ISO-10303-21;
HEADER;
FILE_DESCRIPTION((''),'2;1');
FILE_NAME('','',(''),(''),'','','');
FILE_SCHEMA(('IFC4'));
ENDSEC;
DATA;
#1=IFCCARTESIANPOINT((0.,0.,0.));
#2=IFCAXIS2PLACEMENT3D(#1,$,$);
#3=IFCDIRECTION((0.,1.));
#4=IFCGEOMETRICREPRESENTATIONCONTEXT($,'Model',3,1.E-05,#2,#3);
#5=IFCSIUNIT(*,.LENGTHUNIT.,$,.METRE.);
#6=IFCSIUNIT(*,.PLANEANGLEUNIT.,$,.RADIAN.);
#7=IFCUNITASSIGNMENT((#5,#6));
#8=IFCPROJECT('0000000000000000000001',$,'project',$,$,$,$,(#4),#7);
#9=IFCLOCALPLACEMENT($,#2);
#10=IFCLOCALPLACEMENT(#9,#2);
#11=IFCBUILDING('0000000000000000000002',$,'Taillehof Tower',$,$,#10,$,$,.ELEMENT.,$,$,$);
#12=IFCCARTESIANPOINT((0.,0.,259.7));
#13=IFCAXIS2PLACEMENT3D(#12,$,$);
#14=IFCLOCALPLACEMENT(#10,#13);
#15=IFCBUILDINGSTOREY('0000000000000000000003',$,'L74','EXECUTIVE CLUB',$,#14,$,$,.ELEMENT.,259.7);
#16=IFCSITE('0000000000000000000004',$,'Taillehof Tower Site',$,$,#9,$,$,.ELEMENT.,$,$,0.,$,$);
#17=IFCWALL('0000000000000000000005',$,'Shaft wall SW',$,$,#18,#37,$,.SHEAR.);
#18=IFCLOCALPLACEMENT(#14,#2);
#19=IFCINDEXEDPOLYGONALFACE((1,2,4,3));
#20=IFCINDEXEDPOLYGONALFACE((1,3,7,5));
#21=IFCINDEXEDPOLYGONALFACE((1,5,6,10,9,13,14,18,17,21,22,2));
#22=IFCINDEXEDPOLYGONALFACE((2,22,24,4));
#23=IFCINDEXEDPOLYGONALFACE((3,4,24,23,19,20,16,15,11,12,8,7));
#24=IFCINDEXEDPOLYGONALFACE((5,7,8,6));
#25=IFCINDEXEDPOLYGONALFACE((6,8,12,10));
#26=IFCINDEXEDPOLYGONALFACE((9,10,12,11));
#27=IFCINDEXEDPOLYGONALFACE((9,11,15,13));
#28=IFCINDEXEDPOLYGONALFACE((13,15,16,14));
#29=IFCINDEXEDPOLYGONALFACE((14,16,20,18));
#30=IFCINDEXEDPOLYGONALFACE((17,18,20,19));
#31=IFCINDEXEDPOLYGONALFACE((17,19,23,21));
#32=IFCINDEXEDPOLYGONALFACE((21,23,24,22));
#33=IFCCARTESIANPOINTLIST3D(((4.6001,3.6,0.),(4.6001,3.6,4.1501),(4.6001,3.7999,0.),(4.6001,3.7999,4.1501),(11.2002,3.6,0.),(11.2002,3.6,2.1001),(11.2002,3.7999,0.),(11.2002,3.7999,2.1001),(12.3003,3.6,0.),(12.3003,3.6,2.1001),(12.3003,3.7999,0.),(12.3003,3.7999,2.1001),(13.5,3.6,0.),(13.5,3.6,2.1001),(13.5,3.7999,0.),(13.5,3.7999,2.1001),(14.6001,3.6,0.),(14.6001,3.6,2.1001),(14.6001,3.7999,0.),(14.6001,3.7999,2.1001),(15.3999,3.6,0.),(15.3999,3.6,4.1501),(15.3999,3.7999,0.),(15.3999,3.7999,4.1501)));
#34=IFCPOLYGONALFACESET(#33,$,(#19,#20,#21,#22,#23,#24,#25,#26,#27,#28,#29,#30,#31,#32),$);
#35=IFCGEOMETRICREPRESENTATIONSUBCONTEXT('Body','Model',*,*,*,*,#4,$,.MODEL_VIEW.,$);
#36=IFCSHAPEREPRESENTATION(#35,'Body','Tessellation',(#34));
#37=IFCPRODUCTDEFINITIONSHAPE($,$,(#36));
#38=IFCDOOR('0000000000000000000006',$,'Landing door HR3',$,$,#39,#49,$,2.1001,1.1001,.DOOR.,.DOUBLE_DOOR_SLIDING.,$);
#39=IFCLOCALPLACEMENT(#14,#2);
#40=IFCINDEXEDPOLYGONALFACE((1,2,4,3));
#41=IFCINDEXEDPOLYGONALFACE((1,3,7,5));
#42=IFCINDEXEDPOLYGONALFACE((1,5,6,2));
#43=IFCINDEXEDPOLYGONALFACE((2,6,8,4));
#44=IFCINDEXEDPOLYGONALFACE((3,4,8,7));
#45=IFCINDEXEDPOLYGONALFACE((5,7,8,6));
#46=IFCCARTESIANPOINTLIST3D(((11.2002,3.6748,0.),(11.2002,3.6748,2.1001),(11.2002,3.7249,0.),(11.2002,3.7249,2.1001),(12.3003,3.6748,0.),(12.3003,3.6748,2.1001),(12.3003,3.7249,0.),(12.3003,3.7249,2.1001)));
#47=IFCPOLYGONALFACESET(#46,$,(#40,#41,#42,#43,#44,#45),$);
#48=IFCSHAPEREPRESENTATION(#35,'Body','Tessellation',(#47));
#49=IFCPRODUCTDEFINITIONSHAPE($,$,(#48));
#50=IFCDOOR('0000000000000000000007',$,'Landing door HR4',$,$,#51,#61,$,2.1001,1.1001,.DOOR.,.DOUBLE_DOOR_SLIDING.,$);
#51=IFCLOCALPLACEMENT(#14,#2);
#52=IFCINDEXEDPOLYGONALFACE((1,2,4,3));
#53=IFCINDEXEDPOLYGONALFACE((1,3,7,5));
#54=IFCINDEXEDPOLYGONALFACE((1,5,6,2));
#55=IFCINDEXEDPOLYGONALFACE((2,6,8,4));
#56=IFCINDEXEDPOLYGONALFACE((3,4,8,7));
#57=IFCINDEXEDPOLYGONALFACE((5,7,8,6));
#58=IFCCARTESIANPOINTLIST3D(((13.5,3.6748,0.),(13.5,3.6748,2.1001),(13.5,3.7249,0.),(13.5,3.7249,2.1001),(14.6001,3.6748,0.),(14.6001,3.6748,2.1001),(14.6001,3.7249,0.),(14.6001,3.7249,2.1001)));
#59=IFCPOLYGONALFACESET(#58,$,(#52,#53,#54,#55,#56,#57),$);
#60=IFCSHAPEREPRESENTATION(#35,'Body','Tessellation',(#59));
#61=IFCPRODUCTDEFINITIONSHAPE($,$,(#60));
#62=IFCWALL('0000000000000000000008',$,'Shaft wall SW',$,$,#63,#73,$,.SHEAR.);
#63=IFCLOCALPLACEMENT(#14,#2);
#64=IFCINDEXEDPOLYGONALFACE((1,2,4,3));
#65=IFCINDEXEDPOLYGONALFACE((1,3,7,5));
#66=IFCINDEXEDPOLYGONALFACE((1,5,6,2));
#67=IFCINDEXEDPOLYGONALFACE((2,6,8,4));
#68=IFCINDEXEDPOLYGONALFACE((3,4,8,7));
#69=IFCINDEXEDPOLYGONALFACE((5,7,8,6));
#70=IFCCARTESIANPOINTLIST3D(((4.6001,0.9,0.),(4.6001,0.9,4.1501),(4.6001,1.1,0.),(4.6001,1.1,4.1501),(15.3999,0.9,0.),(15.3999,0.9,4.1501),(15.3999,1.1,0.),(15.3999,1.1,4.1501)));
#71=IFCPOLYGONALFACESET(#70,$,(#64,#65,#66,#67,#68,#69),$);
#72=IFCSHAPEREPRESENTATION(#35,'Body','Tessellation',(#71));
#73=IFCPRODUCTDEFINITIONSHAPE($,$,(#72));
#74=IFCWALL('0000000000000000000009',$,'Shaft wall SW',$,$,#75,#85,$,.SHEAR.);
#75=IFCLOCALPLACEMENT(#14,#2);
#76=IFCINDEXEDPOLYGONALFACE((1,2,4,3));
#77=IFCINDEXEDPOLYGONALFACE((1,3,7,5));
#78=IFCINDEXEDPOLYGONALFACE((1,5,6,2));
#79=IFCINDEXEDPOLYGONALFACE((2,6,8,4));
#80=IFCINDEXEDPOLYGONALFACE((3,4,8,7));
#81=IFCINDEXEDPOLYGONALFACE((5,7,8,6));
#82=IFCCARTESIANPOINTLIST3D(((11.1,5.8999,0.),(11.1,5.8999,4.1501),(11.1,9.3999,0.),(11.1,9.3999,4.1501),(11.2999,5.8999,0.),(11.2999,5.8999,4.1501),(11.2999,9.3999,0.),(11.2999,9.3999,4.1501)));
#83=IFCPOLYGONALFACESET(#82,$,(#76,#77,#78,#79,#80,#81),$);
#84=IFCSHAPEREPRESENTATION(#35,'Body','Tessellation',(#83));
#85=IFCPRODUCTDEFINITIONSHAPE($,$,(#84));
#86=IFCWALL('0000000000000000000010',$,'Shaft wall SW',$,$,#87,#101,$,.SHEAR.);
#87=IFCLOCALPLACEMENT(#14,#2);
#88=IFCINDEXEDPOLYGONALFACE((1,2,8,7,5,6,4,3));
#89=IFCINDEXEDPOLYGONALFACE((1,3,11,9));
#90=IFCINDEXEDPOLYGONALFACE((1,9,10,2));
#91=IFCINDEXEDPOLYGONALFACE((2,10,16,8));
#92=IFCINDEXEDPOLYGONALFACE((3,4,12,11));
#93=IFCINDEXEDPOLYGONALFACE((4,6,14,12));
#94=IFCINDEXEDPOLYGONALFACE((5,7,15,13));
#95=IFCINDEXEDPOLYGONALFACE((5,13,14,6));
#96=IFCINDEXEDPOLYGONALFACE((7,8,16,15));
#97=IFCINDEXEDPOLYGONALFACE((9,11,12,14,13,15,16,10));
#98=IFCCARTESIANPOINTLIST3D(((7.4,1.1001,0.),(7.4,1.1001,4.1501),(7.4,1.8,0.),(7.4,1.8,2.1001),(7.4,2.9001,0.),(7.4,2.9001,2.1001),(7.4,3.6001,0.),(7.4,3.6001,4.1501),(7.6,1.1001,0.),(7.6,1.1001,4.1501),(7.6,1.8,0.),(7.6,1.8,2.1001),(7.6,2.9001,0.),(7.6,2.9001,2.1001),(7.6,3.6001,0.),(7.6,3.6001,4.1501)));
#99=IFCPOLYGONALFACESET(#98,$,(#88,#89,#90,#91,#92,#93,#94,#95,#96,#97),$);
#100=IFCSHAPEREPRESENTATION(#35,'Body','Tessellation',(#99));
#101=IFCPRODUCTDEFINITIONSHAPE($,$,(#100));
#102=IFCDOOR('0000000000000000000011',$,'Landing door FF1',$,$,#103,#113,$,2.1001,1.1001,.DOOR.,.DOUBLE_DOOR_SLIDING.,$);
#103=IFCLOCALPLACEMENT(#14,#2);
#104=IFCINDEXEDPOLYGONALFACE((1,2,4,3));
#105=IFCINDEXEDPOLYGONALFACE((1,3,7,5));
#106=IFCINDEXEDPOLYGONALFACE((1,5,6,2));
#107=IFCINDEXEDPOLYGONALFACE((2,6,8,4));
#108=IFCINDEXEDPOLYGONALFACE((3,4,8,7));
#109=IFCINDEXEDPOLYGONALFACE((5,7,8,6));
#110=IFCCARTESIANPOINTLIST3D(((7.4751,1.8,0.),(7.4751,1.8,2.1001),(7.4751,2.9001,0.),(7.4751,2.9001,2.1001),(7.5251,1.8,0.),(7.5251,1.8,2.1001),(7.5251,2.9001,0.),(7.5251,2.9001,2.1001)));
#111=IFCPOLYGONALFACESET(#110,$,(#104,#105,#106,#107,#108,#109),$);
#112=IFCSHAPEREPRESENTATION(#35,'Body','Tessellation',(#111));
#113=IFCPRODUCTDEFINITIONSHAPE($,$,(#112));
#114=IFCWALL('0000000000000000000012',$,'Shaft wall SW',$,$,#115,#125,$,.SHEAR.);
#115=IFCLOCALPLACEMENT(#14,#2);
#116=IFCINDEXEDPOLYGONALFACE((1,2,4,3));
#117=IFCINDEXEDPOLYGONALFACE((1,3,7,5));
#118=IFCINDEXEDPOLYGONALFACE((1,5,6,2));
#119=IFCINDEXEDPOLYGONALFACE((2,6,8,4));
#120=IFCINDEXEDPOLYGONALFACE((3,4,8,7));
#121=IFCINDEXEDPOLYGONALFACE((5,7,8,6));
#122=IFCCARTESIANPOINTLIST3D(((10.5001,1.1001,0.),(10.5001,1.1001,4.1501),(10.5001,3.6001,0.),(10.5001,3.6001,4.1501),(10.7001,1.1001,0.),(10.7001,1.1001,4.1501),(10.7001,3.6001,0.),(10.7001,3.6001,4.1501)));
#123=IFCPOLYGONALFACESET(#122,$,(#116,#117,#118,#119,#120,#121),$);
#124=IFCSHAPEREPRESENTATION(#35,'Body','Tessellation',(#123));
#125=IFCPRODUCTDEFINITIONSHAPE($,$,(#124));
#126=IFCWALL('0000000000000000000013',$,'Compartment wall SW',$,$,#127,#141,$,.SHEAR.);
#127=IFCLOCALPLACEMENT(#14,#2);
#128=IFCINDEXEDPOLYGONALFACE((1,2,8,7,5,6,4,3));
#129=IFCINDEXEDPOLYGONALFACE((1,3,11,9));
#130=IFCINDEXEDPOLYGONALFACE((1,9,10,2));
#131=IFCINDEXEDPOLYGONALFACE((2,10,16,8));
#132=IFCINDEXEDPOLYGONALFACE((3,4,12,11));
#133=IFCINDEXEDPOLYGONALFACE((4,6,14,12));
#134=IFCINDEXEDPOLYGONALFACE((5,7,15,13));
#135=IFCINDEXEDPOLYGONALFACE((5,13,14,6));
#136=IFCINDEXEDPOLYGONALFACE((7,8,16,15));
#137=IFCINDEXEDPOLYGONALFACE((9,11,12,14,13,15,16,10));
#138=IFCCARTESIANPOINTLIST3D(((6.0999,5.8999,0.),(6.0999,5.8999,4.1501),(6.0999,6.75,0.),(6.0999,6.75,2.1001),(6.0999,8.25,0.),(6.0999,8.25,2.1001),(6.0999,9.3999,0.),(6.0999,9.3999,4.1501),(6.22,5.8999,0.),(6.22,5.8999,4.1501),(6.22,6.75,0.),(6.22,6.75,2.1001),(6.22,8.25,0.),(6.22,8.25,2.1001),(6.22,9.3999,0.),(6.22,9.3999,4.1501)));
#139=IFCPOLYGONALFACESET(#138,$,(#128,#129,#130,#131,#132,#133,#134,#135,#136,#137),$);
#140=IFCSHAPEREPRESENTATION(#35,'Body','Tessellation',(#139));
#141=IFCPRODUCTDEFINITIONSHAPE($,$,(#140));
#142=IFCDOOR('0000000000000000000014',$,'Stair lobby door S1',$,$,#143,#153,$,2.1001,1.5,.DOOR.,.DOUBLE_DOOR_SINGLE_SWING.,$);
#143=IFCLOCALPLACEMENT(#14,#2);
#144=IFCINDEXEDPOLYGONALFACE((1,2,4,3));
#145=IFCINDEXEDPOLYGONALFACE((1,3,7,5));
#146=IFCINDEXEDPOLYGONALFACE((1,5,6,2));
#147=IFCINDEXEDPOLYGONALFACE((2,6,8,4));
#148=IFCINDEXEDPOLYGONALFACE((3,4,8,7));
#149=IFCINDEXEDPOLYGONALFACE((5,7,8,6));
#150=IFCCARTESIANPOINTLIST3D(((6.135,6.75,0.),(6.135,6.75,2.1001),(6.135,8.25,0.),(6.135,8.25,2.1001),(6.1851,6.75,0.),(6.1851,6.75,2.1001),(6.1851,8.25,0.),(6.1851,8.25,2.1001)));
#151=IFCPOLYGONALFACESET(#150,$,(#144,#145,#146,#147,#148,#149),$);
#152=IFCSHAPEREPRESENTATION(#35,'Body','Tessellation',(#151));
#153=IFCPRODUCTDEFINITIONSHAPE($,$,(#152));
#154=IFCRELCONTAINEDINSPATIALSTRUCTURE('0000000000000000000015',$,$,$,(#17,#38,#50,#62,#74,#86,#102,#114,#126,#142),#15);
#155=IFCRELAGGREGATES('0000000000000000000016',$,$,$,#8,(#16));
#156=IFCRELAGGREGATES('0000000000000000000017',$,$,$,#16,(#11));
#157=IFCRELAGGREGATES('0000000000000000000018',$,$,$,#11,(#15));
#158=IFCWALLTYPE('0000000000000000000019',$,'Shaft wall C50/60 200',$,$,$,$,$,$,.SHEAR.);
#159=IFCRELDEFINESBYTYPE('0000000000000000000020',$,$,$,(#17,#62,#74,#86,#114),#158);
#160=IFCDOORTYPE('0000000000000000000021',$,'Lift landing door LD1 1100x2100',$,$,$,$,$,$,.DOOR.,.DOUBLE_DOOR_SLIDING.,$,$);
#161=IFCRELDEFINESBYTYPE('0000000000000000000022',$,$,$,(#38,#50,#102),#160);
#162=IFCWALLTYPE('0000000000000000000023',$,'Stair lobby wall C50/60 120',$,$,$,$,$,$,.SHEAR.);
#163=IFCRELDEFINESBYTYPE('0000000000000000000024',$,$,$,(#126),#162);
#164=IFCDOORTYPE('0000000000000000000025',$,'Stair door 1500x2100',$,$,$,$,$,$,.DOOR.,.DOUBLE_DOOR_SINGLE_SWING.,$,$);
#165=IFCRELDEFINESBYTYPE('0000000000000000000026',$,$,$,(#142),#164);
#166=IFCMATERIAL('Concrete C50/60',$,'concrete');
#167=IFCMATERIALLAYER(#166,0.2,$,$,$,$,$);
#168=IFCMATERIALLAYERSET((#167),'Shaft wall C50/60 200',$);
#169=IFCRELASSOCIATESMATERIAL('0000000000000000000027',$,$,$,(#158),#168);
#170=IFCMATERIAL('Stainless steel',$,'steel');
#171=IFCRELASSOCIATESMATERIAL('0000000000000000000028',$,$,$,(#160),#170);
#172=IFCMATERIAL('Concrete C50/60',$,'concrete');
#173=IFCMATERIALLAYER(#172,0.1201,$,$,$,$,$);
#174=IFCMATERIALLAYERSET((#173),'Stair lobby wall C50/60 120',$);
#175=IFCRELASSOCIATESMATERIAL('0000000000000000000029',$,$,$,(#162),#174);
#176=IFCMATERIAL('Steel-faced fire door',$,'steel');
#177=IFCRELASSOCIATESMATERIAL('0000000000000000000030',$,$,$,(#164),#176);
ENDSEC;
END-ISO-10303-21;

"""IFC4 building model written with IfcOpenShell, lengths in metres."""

from ifc_helpers import new_model, si_unit, direction, frame, frame_2d, origin, place, context, subcontext, project, spatial, rectangle, extrude, material, layer, layer_set, type_object, element, fill, save


model = new_model("IFC4")

# Units and contexts
model_context = context("Model", 3, precision=1e-05, world=origin(), true_north=direction((0.0, 1.0)))
body_context = subcontext(model_context, "Body", "Model", "MODEL_VIEW")
ifc_project = project(units=[si_unit("LENGTHUNIT", "METRE"), si_unit("PLANEANGLEUNIT", "RADIAN")], contexts=[model_context])

# Site, building, storey
site_placement = place(None, origin())
site = spatial("IfcSite", under=ifc_project, at=site_placement, Name="Taillehof Tower Site", CompositionType="ELEMENT", RefElevation=0.0)
building_placement = place(site_placement, origin())
building = spatial("IfcBuilding", under=site, at=building_placement, Name="Taillehof Tower", CompositionType="ELEMENT")
storey_placement = place(building_placement, frame((0.0, 0.0, 259.7)))
storey = spatial("IfcBuildingStorey", under=building, at=storey_placement, Name="L74", Description="EXECUTIVE CLUB", CompositionType="ELEMENT", Elevation=259.7)

# Wall, openings, doors
ifc_material_1 = material(Name="Concrete C50/60", Category="concrete")
ifc_layer_1 = layer(ifc_material_1, 0.2)
ifc_layer_set_1 = layer_set([ifc_layer_1], Name="Shaft wall C50/60 200")
wall_type_1 = type_object("IfcWallType", Name="Shaft wall C50/60 200", PredefinedType="SHEAR", material=ifc_layer_set_1)
ifc_material_2 = material(Name="Stainless steel", Category="steel")
door_type_1 = type_object("IfcDoorType", Name="Lift landing door LD1 1100x2100", OperationType="DOUBLE_DOOR_SLIDING", PredefinedType="DOOR", material=ifc_material_2)
wall_1_placement = place(storey_placement, frame((4.6001, 3.7, 0.0), z_axis=(0.0, 0.0, 1.0), x_axis=(1.0, 0.0, 0.0)))
wall_1 = element("IfcWall", 1, at=wall_1_placement, inside=storey, type_object=wall_type_1, Name="Shaft wall SW", PredefinedType="SHEAR", context=body_context, shape_type="SweptSolid", body=[
    extrude(rectangle(XDim=10.7998, YDim=0.2, at=frame_2d((5.3999, 0.0))), origin(), (0.0, 0.0, 1.0), 4.1501),
])
opening_1_placement = place(wall_1_placement, frame((6.6001, 0.0, 0.0)))
opening_1 = element("IfcOpeningElement", 2, at=opening_1_placement, cuts=wall_1, PredefinedType="OPENING", context=body_context, shape_type="SweptSolid", body=[
    extrude(rectangle(XDim=1.1001, YDim=2.1001, at=frame_2d((0.55, 1.05))), frame((0.0, 0.1099, 0.0), z_axis=(0.0, -1.0, 0.0), x_axis=(1.0, 0.0, 0.0)), (0.0, 0.0, 1.0), 0.22),
])
opening_2_placement = place(wall_1_placement, frame((8.8999, 0.0, 0.0)))
opening_2 = element("IfcOpeningElement", 3, at=opening_2_placement, cuts=wall_1, PredefinedType="OPENING", context=body_context, shape_type="SweptSolid", body=[
    extrude(rectangle(XDim=1.1001, YDim=2.1001, at=frame_2d((0.55, 1.05))), frame((0.0, 0.1099, 0.0), z_axis=(0.0, -1.0, 0.0), x_axis=(1.0, 0.0, 0.0)), (0.0, 0.0, 1.0), 0.22),
])
door_1_placement = place(opening_1_placement, origin())
door_1 = element("IfcDoor", 4, at=door_1_placement, inside=storey, type_object=door_type_1, Name="Landing door HR3", OperationType="DOUBLE_DOOR_SLIDING", OverallHeight=2.1001, OverallWidth=1.1001, PredefinedType="DOOR", context=body_context, shape_type="SweptSolid", body=[
    extrude(rectangle(XDim=1.1001, YDim=2.1001, at=frame_2d((0.55, 1.05))), frame((0.0, 0.0249, 0.0), z_axis=(0.0, -1.0, 0.0), x_axis=(1.0, 0.0, 0.0)), (0.0, 0.0, 1.0), 0.05),
])
fill(opening_1, door_1)
door_2_placement = place(opening_2_placement, origin())
door_2 = element("IfcDoor", 5, at=door_2_placement, inside=storey, type_object=door_type_1, Name="Landing door HR4", OperationType="DOUBLE_DOOR_SLIDING", OverallHeight=2.1001, OverallWidth=1.1001, PredefinedType="DOOR", context=body_context, shape_type="SweptSolid", body=[
    extrude(rectangle(XDim=1.1001, YDim=2.1001, at=frame_2d((0.55, 1.05))), frame((0.0, 0.0249, 0.0), z_axis=(0.0, -1.0, 0.0), x_axis=(1.0, 0.0, 0.0)), (0.0, 0.0, 1.0), 0.05),
])
fill(opening_2, door_2)

# Walls
wall_2_placement = place(storey_placement, frame((4.6001, 1.0, 0.0), z_axis=(0.0, 0.0, 1.0), x_axis=(1.0, 0.0, 0.0)))
element("IfcWall", 6, at=wall_2_placement, inside=storey, type_object=wall_type_1, Name="Shaft wall SW", PredefinedType="SHEAR", context=body_context, shape_type="SweptSolid", body=[
    extrude(rectangle(XDim=10.7998, YDim=0.2, at=frame_2d((5.3999, 0.0))), origin(), (0.0, 0.0, 1.0), 4.1501),
])
wall_3_placement = place(storey_placement, frame((11.2, 5.8999, 0.0), z_axis=(0.0, 0.0, 1.0), x_axis=(0.0, 1.0, 0.0)))
element("IfcWall", 7, at=wall_3_placement, inside=storey, type_object=wall_type_1, Name="Shaft wall SW", PredefinedType="SHEAR", context=body_context, shape_type="SweptSolid", body=[
    extrude(rectangle(XDim=3.5, YDim=0.2, at=frame_2d((1.75, 0.0))), origin(), (0.0, 0.0, 1.0), 4.1501),
])

# Wall, opening, door
wall_4_placement = place(storey_placement, frame((7.5, 1.1001, 0.0), z_axis=(0.0, 0.0, 1.0), x_axis=(0.0, 1.0, 0.0)))
wall_4 = element("IfcWall", 8, at=wall_4_placement, inside=storey, type_object=wall_type_1, Name="Shaft wall SW", PredefinedType="SHEAR", context=body_context, shape_type="SweptSolid", body=[
    extrude(rectangle(XDim=2.5, YDim=0.2, at=frame_2d((1.25, 0.0))), origin(), (0.0, 0.0, 1.0), 4.1501),
])
opening_3_placement = place(wall_4_placement, frame((0.7, 0.0, 0.0)))
opening_3 = element("IfcOpeningElement", 9, at=opening_3_placement, cuts=wall_4, PredefinedType="OPENING", context=body_context, shape_type="SweptSolid", body=[
    extrude(rectangle(XDim=1.1001, YDim=2.1001, at=frame_2d((0.55, 1.05))), frame((0.0, 0.1099, 0.0), z_axis=(0.0, -1.0, 0.0), x_axis=(1.0, 0.0, 0.0)), (0.0, 0.0, 1.0), 0.22),
])
door_3_placement = place(opening_3_placement, origin())
door_3 = element("IfcDoor", 10, at=door_3_placement, inside=storey, type_object=door_type_1, Name="Landing door FF1", OperationType="DOUBLE_DOOR_SLIDING", OverallHeight=2.1001, OverallWidth=1.1001, PredefinedType="DOOR", context=body_context, shape_type="SweptSolid", body=[
    extrude(rectangle(XDim=1.1001, YDim=2.1001, at=frame_2d((0.55, 1.05))), frame((0.0, 0.0249, 0.0), z_axis=(0.0, -1.0, 0.0), x_axis=(1.0, 0.0, 0.0)), (0.0, 0.0, 1.0), 0.05),
])
fill(opening_3, door_3)

# Wall
wall_5_placement = place(storey_placement, frame((10.6001, 1.1001, 0.0), z_axis=(0.0, 0.0, 1.0), x_axis=(0.0, 1.0, 0.0)))
element("IfcWall", 11, at=wall_5_placement, inside=storey, type_object=wall_type_1, Name="Shaft wall SW", PredefinedType="SHEAR", context=body_context, shape_type="SweptSolid", body=[
    extrude(rectangle(XDim=2.5, YDim=0.2, at=frame_2d((1.25, 0.0))), origin(), (0.0, 0.0, 1.0), 4.1501),
])

# Wall, opening, door
ifc_material_3 = material(Name="Concrete C50/60", Category="concrete")
ifc_layer_2 = layer(ifc_material_3, 0.1201)
ifc_layer_set_2 = layer_set([ifc_layer_2], Name="Stair lobby wall C50/60 120")
wall_type_2 = type_object("IfcWallType", Name="Stair lobby wall C50/60 120", PredefinedType="SHEAR", material=ifc_layer_set_2)
wall_6_placement = place(storey_placement, frame((6.1599, 5.8999, 0.0), z_axis=(0.0, 0.0, 1.0), x_axis=(0.0, 1.0, 0.0)))
wall_6 = element("IfcWall", 12, at=wall_6_placement, inside=storey, type_object=wall_type_2, Name="Compartment wall SW", PredefinedType="SHEAR", context=body_context, shape_type="SweptSolid", body=[
    extrude(rectangle(XDim=3.5, YDim=0.1201, at=frame_2d((1.75, 0.0))), origin(), (0.0, 0.0, 1.0), 4.1501),
])
opening_4_placement = place(wall_6_placement, frame((0.8501, 0.0, 0.0)))
opening_4 = element("IfcOpeningElement", 13, at=opening_4_placement, cuts=wall_6, PredefinedType="OPENING", context=body_context, shape_type="SweptSolid", body=[
    extrude(rectangle(XDim=1.5, YDim=2.1001, at=frame_2d((0.75, 1.05))), frame((0.0, 0.0701, 0.0), z_axis=(0.0, -1.0, 0.0), x_axis=(1.0, 0.0, 0.0)), (0.0, 0.0, 1.0), 0.1401),
])
ifc_material_4 = material(Name="Steel-faced fire door", Category="steel")
door_type_2 = type_object("IfcDoorType", Name="Stair door 1500x2100", OperationType="DOUBLE_DOOR_SINGLE_SWING", PredefinedType="DOOR", material=ifc_material_4)
door_4_placement = place(opening_4_placement, origin())
door_4 = element("IfcDoor", 14, at=door_4_placement, inside=storey, type_object=door_type_2, Name="Stair lobby door S1", OperationType="DOUBLE_DOOR_SINGLE_SWING", OverallHeight=2.1001, OverallWidth=1.5, PredefinedType="DOOR", context=body_context, shape_type="SweptSolid", body=[
    extrude(rectangle(XDim=1.5, YDim=2.1001, at=frame_2d((0.75, 1.05))), frame((0.0, 0.0249, 0.0), z_axis=(0.0, -1.0, 0.0), x_axis=(1.0, 0.0, 0.0)), (0.0, 0.0, 1.0), 0.05),
])
fill(opening_4, door_4)

save(model, "model.ifc")
